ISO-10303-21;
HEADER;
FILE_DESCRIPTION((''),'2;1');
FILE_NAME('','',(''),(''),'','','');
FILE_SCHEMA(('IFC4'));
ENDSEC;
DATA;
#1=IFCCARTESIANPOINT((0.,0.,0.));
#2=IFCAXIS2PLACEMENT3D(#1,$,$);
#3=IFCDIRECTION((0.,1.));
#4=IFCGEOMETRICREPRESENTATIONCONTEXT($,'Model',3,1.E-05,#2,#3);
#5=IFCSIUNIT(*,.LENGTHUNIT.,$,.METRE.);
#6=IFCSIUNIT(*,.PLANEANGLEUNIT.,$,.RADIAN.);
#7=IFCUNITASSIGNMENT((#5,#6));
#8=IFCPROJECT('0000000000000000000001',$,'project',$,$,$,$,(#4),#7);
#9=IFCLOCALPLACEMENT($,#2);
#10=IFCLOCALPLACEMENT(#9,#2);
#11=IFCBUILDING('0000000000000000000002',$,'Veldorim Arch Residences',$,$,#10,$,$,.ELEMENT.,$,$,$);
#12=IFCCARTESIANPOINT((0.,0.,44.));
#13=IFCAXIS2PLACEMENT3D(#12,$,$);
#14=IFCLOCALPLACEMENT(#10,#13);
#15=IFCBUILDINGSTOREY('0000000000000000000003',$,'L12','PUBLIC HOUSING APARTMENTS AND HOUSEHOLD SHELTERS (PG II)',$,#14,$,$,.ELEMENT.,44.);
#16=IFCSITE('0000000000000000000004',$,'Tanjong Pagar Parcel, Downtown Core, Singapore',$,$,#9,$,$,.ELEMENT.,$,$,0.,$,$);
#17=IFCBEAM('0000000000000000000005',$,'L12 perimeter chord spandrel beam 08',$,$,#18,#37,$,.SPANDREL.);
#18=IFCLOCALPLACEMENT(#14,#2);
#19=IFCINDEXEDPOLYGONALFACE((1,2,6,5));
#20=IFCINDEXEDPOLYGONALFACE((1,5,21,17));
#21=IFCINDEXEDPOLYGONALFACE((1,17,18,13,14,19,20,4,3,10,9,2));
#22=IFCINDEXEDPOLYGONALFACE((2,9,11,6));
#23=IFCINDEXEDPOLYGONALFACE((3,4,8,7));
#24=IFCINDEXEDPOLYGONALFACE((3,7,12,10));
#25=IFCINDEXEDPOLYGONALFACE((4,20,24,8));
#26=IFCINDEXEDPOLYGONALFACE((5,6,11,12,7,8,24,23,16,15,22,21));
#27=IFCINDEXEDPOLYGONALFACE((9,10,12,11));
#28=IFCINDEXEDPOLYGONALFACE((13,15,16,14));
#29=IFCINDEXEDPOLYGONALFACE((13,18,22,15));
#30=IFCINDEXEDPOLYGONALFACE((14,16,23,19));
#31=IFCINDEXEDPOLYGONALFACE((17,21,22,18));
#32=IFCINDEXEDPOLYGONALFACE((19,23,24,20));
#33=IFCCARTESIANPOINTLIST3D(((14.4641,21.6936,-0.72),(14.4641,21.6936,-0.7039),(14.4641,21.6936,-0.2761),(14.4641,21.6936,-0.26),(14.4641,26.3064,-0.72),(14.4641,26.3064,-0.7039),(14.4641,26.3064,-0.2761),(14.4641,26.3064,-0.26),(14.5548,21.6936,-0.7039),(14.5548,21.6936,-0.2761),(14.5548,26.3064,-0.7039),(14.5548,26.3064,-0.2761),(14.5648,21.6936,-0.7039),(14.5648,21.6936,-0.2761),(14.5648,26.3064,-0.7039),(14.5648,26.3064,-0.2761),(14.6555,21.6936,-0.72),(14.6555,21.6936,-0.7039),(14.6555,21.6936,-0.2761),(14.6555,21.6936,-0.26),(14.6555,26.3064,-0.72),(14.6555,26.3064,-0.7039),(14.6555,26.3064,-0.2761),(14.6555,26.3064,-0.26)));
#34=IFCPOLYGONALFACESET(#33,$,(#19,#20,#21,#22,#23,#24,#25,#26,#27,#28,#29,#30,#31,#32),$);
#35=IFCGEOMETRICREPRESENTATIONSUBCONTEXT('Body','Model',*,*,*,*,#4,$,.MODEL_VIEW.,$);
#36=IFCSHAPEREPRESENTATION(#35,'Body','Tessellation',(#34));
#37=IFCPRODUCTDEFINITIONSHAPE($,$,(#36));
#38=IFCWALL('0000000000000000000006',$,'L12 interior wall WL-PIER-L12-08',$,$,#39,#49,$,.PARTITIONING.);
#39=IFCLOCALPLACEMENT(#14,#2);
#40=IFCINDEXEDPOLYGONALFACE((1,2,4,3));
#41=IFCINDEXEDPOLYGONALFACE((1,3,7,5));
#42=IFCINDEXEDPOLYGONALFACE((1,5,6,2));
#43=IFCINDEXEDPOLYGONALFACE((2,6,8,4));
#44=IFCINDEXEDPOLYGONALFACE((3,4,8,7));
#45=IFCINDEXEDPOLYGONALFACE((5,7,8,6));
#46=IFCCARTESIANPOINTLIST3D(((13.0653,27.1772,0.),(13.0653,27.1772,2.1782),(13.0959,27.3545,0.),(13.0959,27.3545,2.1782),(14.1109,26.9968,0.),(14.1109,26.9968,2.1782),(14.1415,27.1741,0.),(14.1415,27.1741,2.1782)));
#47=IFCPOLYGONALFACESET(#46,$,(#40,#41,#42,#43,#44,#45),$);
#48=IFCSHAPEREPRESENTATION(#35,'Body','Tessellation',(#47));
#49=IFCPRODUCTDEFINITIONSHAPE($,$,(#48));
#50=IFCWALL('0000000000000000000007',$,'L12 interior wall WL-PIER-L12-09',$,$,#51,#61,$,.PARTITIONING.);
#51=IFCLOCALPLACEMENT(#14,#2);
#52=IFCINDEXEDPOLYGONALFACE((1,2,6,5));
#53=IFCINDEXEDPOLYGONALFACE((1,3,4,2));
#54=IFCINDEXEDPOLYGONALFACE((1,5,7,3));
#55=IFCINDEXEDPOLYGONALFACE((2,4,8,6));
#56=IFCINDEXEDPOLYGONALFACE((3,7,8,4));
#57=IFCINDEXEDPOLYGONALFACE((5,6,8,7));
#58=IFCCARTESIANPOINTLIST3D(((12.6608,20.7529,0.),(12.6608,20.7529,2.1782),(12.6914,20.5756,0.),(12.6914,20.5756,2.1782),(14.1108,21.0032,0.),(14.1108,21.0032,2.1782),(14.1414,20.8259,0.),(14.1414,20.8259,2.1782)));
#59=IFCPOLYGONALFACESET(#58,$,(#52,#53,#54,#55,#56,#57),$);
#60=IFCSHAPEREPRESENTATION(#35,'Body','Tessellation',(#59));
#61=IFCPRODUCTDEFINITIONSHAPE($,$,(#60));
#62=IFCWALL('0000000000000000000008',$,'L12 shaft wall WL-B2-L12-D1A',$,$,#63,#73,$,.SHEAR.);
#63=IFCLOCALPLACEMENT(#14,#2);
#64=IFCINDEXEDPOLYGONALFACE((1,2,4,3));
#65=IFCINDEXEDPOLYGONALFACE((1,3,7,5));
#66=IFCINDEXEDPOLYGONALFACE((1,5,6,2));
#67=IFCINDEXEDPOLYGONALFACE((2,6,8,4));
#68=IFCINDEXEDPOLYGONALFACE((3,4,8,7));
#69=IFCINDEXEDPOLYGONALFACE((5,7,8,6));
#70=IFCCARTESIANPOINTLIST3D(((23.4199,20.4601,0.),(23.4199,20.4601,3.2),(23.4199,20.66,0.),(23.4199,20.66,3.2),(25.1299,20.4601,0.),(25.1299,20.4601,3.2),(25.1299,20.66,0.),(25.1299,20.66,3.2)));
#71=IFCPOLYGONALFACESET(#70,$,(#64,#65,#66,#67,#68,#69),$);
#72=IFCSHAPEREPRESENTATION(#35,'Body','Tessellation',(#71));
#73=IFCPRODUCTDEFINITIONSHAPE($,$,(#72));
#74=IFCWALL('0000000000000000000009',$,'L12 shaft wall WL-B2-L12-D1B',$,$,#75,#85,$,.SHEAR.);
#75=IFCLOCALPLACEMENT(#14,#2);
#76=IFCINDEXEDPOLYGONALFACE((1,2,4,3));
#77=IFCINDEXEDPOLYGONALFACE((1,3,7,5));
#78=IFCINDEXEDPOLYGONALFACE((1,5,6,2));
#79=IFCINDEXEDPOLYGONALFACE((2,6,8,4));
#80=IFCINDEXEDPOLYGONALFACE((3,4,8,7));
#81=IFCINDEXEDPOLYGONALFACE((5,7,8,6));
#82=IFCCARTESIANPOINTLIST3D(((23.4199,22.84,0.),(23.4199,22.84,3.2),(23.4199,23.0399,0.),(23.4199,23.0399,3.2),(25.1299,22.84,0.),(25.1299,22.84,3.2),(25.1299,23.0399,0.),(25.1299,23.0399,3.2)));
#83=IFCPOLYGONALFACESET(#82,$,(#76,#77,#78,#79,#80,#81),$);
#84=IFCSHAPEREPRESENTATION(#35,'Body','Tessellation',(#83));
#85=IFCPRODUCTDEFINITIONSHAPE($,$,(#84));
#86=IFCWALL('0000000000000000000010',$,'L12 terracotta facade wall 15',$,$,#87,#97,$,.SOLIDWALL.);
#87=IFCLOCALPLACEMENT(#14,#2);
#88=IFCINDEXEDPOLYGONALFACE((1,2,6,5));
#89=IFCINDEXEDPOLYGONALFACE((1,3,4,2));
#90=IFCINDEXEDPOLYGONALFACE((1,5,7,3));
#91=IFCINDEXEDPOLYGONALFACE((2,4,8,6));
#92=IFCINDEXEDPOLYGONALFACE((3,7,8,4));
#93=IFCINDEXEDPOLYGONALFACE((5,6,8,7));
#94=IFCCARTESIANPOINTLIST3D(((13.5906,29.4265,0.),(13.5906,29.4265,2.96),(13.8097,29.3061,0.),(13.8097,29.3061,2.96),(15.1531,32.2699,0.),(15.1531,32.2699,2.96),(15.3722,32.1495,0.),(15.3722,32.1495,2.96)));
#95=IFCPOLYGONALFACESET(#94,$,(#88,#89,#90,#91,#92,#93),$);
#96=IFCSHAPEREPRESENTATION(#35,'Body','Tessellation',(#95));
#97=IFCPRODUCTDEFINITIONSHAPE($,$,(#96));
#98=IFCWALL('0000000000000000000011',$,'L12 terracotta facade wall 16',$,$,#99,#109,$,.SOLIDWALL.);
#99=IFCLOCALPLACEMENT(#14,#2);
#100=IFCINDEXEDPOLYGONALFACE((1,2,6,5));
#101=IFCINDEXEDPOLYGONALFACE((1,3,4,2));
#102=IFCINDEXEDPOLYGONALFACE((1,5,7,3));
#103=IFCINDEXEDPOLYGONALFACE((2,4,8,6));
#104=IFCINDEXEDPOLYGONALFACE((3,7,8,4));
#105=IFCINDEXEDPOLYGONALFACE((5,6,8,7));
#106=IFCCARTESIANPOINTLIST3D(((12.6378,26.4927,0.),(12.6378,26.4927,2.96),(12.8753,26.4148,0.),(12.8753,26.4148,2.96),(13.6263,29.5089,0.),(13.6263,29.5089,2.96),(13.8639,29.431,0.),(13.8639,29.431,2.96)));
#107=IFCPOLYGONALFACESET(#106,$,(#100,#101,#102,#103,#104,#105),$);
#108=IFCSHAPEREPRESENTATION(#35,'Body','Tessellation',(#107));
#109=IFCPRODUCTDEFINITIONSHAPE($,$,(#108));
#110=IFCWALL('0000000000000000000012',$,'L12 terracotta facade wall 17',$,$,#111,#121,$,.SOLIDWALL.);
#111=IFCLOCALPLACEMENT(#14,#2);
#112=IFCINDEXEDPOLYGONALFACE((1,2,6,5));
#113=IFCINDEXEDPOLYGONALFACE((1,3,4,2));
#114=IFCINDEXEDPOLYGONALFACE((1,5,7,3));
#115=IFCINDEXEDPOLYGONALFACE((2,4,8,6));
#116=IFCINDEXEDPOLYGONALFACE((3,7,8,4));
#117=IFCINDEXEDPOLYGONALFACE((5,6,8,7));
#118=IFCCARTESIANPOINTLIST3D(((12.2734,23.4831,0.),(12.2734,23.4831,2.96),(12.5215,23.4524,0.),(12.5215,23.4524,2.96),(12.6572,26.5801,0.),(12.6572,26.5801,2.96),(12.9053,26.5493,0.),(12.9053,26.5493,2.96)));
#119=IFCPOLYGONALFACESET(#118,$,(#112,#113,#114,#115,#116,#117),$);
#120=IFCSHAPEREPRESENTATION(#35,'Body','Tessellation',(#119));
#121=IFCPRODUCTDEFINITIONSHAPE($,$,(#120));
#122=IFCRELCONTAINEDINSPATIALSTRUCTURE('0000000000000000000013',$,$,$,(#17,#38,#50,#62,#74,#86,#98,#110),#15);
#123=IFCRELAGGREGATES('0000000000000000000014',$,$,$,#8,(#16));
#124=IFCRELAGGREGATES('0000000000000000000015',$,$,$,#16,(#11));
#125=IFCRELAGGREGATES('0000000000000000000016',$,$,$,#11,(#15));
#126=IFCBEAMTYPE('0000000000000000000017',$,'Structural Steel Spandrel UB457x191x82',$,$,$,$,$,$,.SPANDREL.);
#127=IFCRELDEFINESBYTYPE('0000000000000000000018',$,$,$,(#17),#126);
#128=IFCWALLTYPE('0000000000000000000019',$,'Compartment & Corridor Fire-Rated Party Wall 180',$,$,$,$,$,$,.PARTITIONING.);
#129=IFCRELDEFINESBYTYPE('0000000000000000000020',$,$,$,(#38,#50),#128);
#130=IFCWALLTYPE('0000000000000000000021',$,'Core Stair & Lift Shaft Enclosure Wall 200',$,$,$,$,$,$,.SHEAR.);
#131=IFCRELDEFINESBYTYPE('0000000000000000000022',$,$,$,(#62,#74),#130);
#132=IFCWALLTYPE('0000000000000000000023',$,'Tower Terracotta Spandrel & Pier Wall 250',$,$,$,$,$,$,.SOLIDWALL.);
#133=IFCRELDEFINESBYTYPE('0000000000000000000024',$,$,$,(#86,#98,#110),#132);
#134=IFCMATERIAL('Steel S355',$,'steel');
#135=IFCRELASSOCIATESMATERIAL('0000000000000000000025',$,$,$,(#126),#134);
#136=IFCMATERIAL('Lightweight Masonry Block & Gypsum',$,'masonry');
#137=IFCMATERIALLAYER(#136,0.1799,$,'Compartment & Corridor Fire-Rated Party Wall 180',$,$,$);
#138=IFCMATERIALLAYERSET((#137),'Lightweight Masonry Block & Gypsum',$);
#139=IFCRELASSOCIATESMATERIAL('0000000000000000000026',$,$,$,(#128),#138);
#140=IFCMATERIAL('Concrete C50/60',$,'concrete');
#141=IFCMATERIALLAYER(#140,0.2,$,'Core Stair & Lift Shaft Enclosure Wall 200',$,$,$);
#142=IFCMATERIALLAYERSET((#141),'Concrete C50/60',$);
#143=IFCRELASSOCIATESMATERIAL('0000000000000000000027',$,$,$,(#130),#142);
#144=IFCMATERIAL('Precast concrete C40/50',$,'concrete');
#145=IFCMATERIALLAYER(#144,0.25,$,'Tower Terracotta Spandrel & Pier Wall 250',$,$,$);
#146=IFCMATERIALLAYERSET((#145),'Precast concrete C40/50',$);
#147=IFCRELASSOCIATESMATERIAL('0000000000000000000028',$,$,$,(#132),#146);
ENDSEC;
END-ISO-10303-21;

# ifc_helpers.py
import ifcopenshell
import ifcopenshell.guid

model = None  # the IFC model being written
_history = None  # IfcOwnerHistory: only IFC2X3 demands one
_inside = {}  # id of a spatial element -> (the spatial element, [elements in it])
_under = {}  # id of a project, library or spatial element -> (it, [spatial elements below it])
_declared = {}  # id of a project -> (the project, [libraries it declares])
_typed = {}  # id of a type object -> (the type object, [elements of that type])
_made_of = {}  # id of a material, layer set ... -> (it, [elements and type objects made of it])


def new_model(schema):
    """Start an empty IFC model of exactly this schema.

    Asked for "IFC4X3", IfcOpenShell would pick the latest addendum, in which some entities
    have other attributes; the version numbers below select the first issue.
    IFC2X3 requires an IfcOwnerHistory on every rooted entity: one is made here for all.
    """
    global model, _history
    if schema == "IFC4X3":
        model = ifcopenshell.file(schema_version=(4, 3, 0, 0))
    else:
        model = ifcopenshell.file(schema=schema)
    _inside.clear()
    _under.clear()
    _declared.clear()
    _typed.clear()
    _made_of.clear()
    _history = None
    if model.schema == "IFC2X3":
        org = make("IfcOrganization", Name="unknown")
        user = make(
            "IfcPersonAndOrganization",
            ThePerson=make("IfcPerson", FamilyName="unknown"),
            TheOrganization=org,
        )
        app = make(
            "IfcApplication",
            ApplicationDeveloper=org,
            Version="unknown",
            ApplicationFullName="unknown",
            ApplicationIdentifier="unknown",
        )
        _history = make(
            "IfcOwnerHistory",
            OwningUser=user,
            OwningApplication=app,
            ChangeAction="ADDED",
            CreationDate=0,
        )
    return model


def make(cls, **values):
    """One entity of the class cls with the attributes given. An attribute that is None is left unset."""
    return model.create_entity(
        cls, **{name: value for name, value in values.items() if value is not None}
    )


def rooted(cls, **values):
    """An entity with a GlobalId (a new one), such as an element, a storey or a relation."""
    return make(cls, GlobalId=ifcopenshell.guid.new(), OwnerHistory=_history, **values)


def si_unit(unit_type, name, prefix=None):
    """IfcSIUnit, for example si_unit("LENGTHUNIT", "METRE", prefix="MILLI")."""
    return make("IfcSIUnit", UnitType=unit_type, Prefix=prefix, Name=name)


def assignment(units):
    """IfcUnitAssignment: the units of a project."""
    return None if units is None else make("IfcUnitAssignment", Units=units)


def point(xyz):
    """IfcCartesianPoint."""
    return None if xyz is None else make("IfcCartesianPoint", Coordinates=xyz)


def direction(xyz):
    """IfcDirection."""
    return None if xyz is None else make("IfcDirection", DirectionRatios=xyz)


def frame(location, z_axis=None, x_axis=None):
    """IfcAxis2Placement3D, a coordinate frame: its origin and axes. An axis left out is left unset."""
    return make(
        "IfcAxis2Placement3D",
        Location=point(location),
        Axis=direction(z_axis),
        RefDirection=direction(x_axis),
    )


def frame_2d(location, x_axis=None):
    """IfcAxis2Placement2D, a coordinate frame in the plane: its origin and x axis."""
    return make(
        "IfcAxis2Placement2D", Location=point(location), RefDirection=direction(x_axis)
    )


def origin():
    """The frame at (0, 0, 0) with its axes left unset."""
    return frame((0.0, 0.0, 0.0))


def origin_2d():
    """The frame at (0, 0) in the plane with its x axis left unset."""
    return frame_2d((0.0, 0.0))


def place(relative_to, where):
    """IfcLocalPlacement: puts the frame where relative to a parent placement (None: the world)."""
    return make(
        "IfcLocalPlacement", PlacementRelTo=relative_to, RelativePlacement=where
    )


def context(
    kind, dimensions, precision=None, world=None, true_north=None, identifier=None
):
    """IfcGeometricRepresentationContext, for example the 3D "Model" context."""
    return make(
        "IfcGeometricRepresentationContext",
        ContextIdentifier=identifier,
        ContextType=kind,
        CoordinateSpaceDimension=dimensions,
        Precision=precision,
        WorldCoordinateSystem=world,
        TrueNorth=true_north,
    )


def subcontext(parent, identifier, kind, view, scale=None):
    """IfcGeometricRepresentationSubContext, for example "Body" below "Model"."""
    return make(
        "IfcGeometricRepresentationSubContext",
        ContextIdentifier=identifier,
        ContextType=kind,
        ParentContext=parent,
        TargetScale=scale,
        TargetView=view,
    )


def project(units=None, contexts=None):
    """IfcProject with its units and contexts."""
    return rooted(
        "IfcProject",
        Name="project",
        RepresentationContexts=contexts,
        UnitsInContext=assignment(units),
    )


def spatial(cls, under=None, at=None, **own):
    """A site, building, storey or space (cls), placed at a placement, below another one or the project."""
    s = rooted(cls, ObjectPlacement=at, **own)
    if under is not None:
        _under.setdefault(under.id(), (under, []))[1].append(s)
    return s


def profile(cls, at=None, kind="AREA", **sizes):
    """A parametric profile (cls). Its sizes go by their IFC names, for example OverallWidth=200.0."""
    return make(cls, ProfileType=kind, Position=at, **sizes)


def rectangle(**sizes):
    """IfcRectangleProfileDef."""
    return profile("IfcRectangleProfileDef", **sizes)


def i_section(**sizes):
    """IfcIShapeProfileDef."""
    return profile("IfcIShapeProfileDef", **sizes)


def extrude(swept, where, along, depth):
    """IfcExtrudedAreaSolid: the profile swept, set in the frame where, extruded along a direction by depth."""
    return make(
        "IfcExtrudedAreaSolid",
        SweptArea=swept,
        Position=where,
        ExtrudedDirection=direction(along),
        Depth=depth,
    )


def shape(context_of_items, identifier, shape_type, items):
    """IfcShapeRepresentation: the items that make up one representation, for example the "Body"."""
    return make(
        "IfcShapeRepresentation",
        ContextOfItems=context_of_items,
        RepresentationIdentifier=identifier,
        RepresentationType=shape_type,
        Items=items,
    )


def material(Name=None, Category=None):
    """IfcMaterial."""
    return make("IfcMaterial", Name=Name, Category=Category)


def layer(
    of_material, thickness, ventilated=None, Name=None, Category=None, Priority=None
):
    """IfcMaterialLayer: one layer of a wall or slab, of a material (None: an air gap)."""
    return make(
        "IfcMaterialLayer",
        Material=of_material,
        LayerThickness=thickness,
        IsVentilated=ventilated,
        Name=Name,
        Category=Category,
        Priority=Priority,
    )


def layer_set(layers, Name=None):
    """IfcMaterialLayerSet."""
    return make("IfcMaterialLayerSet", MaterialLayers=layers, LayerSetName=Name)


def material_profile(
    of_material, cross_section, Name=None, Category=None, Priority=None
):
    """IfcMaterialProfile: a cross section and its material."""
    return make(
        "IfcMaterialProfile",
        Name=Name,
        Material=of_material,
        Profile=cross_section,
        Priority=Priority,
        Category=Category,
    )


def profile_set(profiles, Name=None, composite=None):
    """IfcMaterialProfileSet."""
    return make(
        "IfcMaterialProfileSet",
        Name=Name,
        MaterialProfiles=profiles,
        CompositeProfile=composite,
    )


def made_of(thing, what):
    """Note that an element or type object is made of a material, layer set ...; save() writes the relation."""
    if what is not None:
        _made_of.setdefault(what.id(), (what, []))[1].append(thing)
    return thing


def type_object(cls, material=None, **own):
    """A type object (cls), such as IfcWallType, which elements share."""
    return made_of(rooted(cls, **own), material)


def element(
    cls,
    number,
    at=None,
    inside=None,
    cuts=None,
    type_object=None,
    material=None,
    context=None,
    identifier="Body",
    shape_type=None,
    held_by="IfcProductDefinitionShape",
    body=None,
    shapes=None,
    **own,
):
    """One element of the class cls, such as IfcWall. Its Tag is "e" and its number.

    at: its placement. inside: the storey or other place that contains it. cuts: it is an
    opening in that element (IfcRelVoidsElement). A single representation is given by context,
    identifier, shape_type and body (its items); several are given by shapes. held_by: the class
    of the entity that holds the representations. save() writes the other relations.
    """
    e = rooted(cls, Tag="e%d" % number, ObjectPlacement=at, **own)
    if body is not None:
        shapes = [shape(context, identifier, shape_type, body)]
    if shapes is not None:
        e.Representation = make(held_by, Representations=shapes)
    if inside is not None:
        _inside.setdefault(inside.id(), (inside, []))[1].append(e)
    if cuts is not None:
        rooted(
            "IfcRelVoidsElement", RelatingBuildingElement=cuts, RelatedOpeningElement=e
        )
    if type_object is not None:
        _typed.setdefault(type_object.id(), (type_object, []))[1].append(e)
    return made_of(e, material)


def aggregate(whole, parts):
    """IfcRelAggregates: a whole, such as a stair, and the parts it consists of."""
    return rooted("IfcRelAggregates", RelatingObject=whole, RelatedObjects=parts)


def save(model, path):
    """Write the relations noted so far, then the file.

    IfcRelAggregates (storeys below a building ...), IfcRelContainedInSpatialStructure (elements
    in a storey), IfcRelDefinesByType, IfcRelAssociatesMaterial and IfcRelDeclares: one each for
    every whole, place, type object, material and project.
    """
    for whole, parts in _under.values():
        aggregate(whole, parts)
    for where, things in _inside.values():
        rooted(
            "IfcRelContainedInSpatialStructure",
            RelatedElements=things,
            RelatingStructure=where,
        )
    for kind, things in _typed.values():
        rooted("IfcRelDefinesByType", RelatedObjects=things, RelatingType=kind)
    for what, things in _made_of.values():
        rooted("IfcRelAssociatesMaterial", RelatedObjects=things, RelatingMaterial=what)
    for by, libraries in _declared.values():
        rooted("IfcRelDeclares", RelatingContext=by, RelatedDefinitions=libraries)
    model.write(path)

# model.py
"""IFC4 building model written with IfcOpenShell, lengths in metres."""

from ifc_helpers import new_model, si_unit, direction, frame, frame_2d, origin, origin_2d, place, context, subcontext, project, spatial, rectangle, i_section, extrude, material, layer, layer_set, material_profile, profile_set, type_object, element, save


model = new_model("IFC4")

# Units and contexts
model_context = context("Model", 3, precision=1e-05, world=origin(), true_north=direction((0.0, 1.0)))
body_context = subcontext(model_context, "Body", "Model", "MODEL_VIEW")
ifc_project = project(units=[si_unit("LENGTHUNIT", "METRE"), si_unit("PLANEANGLEUNIT", "RADIAN")], contexts=[model_context])

# Site, building, storey
site_placement = place(None, origin())
site = spatial("IfcSite", under=ifc_project, at=site_placement, Name="Tanjong Pagar Parcel, Downtown Core, Singapore", CompositionType="ELEMENT", RefElevation=0.0)
building_placement = place(site_placement, origin())
building = spatial("IfcBuilding", under=site, at=building_placement, Name="Veldorim Arch Residences", CompositionType="ELEMENT")
storey_placement = place(building_placement, frame((0.0, 0.0, 44.0)))
storey = spatial("IfcBuildingStorey", under=building, at=storey_placement, Name="L12", Description="PUBLIC HOUSING APARTMENTS AND HOUSEHOLD SHELTERS (PG II)", CompositionType="ELEMENT", Elevation=44.0)

# Beam
ifc_material_1 = material(Name="Steel S355", Category="steel")
ifc_material_profile_1 = material_profile(ifc_material_1, i_section(OverallWidth=0.1914, OverallDepth=0.46, WebThickness=0.01, FlangeThickness=0.0161, at=origin_2d()), Name="UB457x191x82")
ifc_profile_set_1 = profile_set([ifc_material_profile_1], Name="Steel S355")
beam_type_1 = type_object("IfcBeamType", Name="Structural Steel Spandrel UB457x191x82", PredefinedType="SPANDREL", material=ifc_profile_set_1)
beam_1_placement = place(storey_placement, frame((14.5598, 26.3064, -0.49), z_axis=(0.0, -1.0, 0.0), x_axis=(1.0, 0.0, 0.0)))
element("IfcBeam", 1, at=beam_1_placement, inside=storey, type_object=beam_type_1, Name="L12 perimeter chord spandrel beam 08", PredefinedType="SPANDREL", context=body_context, shape_type="SweptSolid", body=[
    extrude(i_section(OverallWidth=0.1914, OverallDepth=0.46, WebThickness=0.01, FlangeThickness=0.0161, at=origin_2d()), origin(), (0.0, 0.0, 1.0), 4.6128),
])

# Walls
ifc_material_2 = material(Name="Lightweight Masonry Block & Gypsum", Category="masonry")
ifc_layer_1 = layer(ifc_material_2, 0.1799, Name="Compartment & Corridor Fire-Rated Party Wall 180")
ifc_layer_set_1 = layer_set([ifc_layer_1], Name="Lightweight Masonry Block & Gypsum")
wall_type_1 = type_object("IfcWallType", Name="Compartment & Corridor Fire-Rated Party Wall 180", PredefinedType="PARTITIONING", material=ifc_layer_set_1)
wall_1_placement = place(storey_placement, frame((14.1262, 27.0854, 0.0), z_axis=(0.0, 0.0, 1.0), x_axis=(-0.985439, 0.17003, 0.0)))
element("IfcWall", 2, at=wall_1_placement, inside=storey, type_object=wall_type_1, Name="L12 interior wall WL-PIER-L12-08", PredefinedType="PARTITIONING", context=body_context, shape_type="SweptSolid", body=[
    extrude(rectangle(XDim=1.061, YDim=0.1799, at=frame_2d((0.5305, 0.0))), origin(), (0.0, 0.0, 1.0), 2.1782),
])
wall_2_placement = place(storey_placement, frame((14.1262, 20.9146, 0.0), z_axis=(0.0, 0.0, 1.0), x_axis=(-0.985431, -0.170074, 0.0)))
element("IfcWall", 3, at=wall_2_placement, inside=storey, type_object=wall_type_1, Name="L12 interior wall WL-PIER-L12-09", PredefinedType="PARTITIONING", context=body_context, shape_type="SweptSolid", body=[
    extrude(rectangle(XDim=1.4714, YDim=0.1799, at=frame_2d((0.7358, 0.0))), origin(), (0.0, 0.0, 1.0), 2.1782),
])
ifc_material_3 = material(Name="Concrete C50/60", Category="concrete")
ifc_layer_2 = layer(ifc_material_3, 0.2, Name="Core Stair & Lift Shaft Enclosure Wall 200")
ifc_layer_set_2 = layer_set([ifc_layer_2], Name="Concrete C50/60")
wall_type_2 = type_object("IfcWallType", Name="Core Stair & Lift Shaft Enclosure Wall 200", PredefinedType="SHEAR", material=ifc_layer_set_2)
for number, where, z_axis, x_axis, name in (
    (4, (23.4199, 20.5601, 0.0), (0.0, 0.0, 1.0), (1.0, 0.0, 0.0), "L12 shaft wall WL-B2-L12-D1A"),
    (5, (23.4199, 22.9399, 0.0), (0.0, 0.0, 1.0), (1.0, 0.0, 0.0), "L12 shaft wall WL-B2-L12-D1B"),
):
    element("IfcWall", number, at=place(storey_placement, frame(where, z_axis=z_axis, x_axis=x_axis)), inside=storey, type_object=wall_type_2, Name=name, PredefinedType="SHEAR", context=body_context, shape_type="SweptSolid", body=[
        extrude(rectangle(XDim=1.71, YDim=0.2, at=frame_2d((0.855, 0.0))), origin(), (0.0, 0.0, 1.0), 3.2),
    ])
ifc_material_4 = material(Name="Precast concrete C40/50", Category="concrete")
ifc_layer_3 = layer(ifc_material_4, 0.25, Name="Tower Terracotta Spandrel & Pier Wall 250")
ifc_layer_set_3 = layer_set([ifc_layer_3], Name="Precast concrete C40/50")
wall_type_3 = type_object("IfcWallType", Name="Tower Terracotta Spandrel & Pier Wall 250", PredefinedType="SOLIDWALL", material=ifc_layer_set_3)
wall_3_placement = place(storey_placement, frame((13.7002, 29.3665, 0.0), z_axis=(0.0, 0.0, 1.0), x_axis=(0.481613, 0.876384, 0.0)))
element("IfcWall", 6, at=wall_3_placement, inside=storey, type_object=wall_type_3, Name="L12 terracotta facade wall 15", PredefinedType="SOLIDWALL", context=body_context, shape_type="SweptSolid", body=[
    extrude(rectangle(XDim=3.2444, YDim=0.25, at=frame_2d((1.6221, 0.0))), origin(), (0.0, 0.0, 1.0), 2.96),
])
wall_4_placement = place(storey_placement, frame((12.7566, 26.4539, 0.0), z_axis=(0.0, 0.0, 1.0), x_axis=(0.311447, 0.950264, 0.0)))
element("IfcWall", 7, at=wall_4_placement, inside=storey, type_object=wall_type_3, Name="L12 terracotta facade wall 16", PredefinedType="SOLIDWALL", context=body_context, shape_type="SweptSolid", body=[
    extrude(rectangle(XDim=3.1741, YDim=0.25, at=frame_2d((1.5869, 0.0))), origin(), (0.0, 0.0, 1.0), 2.96),
])
wall_5_placement = place(storey_placement, frame((12.3975, 23.4678, 0.0), z_axis=(0.0, 0.0, 1.0), x_axis=(0.122985, 0.992409, 0.0)))
element("IfcWall", 8, at=wall_5_placement, inside=storey, type_object=wall_type_3, Name="L12 terracotta facade wall 17", PredefinedType="SOLIDWALL", context=body_context, shape_type="SweptSolid", body=[
    extrude(rectangle(XDim=3.1206, YDim=0.25, at=frame_2d((1.5603, 0.0))), origin(), (0.0, 0.0, 1.0), 2.96),
])

save(model, "model.ifc")
